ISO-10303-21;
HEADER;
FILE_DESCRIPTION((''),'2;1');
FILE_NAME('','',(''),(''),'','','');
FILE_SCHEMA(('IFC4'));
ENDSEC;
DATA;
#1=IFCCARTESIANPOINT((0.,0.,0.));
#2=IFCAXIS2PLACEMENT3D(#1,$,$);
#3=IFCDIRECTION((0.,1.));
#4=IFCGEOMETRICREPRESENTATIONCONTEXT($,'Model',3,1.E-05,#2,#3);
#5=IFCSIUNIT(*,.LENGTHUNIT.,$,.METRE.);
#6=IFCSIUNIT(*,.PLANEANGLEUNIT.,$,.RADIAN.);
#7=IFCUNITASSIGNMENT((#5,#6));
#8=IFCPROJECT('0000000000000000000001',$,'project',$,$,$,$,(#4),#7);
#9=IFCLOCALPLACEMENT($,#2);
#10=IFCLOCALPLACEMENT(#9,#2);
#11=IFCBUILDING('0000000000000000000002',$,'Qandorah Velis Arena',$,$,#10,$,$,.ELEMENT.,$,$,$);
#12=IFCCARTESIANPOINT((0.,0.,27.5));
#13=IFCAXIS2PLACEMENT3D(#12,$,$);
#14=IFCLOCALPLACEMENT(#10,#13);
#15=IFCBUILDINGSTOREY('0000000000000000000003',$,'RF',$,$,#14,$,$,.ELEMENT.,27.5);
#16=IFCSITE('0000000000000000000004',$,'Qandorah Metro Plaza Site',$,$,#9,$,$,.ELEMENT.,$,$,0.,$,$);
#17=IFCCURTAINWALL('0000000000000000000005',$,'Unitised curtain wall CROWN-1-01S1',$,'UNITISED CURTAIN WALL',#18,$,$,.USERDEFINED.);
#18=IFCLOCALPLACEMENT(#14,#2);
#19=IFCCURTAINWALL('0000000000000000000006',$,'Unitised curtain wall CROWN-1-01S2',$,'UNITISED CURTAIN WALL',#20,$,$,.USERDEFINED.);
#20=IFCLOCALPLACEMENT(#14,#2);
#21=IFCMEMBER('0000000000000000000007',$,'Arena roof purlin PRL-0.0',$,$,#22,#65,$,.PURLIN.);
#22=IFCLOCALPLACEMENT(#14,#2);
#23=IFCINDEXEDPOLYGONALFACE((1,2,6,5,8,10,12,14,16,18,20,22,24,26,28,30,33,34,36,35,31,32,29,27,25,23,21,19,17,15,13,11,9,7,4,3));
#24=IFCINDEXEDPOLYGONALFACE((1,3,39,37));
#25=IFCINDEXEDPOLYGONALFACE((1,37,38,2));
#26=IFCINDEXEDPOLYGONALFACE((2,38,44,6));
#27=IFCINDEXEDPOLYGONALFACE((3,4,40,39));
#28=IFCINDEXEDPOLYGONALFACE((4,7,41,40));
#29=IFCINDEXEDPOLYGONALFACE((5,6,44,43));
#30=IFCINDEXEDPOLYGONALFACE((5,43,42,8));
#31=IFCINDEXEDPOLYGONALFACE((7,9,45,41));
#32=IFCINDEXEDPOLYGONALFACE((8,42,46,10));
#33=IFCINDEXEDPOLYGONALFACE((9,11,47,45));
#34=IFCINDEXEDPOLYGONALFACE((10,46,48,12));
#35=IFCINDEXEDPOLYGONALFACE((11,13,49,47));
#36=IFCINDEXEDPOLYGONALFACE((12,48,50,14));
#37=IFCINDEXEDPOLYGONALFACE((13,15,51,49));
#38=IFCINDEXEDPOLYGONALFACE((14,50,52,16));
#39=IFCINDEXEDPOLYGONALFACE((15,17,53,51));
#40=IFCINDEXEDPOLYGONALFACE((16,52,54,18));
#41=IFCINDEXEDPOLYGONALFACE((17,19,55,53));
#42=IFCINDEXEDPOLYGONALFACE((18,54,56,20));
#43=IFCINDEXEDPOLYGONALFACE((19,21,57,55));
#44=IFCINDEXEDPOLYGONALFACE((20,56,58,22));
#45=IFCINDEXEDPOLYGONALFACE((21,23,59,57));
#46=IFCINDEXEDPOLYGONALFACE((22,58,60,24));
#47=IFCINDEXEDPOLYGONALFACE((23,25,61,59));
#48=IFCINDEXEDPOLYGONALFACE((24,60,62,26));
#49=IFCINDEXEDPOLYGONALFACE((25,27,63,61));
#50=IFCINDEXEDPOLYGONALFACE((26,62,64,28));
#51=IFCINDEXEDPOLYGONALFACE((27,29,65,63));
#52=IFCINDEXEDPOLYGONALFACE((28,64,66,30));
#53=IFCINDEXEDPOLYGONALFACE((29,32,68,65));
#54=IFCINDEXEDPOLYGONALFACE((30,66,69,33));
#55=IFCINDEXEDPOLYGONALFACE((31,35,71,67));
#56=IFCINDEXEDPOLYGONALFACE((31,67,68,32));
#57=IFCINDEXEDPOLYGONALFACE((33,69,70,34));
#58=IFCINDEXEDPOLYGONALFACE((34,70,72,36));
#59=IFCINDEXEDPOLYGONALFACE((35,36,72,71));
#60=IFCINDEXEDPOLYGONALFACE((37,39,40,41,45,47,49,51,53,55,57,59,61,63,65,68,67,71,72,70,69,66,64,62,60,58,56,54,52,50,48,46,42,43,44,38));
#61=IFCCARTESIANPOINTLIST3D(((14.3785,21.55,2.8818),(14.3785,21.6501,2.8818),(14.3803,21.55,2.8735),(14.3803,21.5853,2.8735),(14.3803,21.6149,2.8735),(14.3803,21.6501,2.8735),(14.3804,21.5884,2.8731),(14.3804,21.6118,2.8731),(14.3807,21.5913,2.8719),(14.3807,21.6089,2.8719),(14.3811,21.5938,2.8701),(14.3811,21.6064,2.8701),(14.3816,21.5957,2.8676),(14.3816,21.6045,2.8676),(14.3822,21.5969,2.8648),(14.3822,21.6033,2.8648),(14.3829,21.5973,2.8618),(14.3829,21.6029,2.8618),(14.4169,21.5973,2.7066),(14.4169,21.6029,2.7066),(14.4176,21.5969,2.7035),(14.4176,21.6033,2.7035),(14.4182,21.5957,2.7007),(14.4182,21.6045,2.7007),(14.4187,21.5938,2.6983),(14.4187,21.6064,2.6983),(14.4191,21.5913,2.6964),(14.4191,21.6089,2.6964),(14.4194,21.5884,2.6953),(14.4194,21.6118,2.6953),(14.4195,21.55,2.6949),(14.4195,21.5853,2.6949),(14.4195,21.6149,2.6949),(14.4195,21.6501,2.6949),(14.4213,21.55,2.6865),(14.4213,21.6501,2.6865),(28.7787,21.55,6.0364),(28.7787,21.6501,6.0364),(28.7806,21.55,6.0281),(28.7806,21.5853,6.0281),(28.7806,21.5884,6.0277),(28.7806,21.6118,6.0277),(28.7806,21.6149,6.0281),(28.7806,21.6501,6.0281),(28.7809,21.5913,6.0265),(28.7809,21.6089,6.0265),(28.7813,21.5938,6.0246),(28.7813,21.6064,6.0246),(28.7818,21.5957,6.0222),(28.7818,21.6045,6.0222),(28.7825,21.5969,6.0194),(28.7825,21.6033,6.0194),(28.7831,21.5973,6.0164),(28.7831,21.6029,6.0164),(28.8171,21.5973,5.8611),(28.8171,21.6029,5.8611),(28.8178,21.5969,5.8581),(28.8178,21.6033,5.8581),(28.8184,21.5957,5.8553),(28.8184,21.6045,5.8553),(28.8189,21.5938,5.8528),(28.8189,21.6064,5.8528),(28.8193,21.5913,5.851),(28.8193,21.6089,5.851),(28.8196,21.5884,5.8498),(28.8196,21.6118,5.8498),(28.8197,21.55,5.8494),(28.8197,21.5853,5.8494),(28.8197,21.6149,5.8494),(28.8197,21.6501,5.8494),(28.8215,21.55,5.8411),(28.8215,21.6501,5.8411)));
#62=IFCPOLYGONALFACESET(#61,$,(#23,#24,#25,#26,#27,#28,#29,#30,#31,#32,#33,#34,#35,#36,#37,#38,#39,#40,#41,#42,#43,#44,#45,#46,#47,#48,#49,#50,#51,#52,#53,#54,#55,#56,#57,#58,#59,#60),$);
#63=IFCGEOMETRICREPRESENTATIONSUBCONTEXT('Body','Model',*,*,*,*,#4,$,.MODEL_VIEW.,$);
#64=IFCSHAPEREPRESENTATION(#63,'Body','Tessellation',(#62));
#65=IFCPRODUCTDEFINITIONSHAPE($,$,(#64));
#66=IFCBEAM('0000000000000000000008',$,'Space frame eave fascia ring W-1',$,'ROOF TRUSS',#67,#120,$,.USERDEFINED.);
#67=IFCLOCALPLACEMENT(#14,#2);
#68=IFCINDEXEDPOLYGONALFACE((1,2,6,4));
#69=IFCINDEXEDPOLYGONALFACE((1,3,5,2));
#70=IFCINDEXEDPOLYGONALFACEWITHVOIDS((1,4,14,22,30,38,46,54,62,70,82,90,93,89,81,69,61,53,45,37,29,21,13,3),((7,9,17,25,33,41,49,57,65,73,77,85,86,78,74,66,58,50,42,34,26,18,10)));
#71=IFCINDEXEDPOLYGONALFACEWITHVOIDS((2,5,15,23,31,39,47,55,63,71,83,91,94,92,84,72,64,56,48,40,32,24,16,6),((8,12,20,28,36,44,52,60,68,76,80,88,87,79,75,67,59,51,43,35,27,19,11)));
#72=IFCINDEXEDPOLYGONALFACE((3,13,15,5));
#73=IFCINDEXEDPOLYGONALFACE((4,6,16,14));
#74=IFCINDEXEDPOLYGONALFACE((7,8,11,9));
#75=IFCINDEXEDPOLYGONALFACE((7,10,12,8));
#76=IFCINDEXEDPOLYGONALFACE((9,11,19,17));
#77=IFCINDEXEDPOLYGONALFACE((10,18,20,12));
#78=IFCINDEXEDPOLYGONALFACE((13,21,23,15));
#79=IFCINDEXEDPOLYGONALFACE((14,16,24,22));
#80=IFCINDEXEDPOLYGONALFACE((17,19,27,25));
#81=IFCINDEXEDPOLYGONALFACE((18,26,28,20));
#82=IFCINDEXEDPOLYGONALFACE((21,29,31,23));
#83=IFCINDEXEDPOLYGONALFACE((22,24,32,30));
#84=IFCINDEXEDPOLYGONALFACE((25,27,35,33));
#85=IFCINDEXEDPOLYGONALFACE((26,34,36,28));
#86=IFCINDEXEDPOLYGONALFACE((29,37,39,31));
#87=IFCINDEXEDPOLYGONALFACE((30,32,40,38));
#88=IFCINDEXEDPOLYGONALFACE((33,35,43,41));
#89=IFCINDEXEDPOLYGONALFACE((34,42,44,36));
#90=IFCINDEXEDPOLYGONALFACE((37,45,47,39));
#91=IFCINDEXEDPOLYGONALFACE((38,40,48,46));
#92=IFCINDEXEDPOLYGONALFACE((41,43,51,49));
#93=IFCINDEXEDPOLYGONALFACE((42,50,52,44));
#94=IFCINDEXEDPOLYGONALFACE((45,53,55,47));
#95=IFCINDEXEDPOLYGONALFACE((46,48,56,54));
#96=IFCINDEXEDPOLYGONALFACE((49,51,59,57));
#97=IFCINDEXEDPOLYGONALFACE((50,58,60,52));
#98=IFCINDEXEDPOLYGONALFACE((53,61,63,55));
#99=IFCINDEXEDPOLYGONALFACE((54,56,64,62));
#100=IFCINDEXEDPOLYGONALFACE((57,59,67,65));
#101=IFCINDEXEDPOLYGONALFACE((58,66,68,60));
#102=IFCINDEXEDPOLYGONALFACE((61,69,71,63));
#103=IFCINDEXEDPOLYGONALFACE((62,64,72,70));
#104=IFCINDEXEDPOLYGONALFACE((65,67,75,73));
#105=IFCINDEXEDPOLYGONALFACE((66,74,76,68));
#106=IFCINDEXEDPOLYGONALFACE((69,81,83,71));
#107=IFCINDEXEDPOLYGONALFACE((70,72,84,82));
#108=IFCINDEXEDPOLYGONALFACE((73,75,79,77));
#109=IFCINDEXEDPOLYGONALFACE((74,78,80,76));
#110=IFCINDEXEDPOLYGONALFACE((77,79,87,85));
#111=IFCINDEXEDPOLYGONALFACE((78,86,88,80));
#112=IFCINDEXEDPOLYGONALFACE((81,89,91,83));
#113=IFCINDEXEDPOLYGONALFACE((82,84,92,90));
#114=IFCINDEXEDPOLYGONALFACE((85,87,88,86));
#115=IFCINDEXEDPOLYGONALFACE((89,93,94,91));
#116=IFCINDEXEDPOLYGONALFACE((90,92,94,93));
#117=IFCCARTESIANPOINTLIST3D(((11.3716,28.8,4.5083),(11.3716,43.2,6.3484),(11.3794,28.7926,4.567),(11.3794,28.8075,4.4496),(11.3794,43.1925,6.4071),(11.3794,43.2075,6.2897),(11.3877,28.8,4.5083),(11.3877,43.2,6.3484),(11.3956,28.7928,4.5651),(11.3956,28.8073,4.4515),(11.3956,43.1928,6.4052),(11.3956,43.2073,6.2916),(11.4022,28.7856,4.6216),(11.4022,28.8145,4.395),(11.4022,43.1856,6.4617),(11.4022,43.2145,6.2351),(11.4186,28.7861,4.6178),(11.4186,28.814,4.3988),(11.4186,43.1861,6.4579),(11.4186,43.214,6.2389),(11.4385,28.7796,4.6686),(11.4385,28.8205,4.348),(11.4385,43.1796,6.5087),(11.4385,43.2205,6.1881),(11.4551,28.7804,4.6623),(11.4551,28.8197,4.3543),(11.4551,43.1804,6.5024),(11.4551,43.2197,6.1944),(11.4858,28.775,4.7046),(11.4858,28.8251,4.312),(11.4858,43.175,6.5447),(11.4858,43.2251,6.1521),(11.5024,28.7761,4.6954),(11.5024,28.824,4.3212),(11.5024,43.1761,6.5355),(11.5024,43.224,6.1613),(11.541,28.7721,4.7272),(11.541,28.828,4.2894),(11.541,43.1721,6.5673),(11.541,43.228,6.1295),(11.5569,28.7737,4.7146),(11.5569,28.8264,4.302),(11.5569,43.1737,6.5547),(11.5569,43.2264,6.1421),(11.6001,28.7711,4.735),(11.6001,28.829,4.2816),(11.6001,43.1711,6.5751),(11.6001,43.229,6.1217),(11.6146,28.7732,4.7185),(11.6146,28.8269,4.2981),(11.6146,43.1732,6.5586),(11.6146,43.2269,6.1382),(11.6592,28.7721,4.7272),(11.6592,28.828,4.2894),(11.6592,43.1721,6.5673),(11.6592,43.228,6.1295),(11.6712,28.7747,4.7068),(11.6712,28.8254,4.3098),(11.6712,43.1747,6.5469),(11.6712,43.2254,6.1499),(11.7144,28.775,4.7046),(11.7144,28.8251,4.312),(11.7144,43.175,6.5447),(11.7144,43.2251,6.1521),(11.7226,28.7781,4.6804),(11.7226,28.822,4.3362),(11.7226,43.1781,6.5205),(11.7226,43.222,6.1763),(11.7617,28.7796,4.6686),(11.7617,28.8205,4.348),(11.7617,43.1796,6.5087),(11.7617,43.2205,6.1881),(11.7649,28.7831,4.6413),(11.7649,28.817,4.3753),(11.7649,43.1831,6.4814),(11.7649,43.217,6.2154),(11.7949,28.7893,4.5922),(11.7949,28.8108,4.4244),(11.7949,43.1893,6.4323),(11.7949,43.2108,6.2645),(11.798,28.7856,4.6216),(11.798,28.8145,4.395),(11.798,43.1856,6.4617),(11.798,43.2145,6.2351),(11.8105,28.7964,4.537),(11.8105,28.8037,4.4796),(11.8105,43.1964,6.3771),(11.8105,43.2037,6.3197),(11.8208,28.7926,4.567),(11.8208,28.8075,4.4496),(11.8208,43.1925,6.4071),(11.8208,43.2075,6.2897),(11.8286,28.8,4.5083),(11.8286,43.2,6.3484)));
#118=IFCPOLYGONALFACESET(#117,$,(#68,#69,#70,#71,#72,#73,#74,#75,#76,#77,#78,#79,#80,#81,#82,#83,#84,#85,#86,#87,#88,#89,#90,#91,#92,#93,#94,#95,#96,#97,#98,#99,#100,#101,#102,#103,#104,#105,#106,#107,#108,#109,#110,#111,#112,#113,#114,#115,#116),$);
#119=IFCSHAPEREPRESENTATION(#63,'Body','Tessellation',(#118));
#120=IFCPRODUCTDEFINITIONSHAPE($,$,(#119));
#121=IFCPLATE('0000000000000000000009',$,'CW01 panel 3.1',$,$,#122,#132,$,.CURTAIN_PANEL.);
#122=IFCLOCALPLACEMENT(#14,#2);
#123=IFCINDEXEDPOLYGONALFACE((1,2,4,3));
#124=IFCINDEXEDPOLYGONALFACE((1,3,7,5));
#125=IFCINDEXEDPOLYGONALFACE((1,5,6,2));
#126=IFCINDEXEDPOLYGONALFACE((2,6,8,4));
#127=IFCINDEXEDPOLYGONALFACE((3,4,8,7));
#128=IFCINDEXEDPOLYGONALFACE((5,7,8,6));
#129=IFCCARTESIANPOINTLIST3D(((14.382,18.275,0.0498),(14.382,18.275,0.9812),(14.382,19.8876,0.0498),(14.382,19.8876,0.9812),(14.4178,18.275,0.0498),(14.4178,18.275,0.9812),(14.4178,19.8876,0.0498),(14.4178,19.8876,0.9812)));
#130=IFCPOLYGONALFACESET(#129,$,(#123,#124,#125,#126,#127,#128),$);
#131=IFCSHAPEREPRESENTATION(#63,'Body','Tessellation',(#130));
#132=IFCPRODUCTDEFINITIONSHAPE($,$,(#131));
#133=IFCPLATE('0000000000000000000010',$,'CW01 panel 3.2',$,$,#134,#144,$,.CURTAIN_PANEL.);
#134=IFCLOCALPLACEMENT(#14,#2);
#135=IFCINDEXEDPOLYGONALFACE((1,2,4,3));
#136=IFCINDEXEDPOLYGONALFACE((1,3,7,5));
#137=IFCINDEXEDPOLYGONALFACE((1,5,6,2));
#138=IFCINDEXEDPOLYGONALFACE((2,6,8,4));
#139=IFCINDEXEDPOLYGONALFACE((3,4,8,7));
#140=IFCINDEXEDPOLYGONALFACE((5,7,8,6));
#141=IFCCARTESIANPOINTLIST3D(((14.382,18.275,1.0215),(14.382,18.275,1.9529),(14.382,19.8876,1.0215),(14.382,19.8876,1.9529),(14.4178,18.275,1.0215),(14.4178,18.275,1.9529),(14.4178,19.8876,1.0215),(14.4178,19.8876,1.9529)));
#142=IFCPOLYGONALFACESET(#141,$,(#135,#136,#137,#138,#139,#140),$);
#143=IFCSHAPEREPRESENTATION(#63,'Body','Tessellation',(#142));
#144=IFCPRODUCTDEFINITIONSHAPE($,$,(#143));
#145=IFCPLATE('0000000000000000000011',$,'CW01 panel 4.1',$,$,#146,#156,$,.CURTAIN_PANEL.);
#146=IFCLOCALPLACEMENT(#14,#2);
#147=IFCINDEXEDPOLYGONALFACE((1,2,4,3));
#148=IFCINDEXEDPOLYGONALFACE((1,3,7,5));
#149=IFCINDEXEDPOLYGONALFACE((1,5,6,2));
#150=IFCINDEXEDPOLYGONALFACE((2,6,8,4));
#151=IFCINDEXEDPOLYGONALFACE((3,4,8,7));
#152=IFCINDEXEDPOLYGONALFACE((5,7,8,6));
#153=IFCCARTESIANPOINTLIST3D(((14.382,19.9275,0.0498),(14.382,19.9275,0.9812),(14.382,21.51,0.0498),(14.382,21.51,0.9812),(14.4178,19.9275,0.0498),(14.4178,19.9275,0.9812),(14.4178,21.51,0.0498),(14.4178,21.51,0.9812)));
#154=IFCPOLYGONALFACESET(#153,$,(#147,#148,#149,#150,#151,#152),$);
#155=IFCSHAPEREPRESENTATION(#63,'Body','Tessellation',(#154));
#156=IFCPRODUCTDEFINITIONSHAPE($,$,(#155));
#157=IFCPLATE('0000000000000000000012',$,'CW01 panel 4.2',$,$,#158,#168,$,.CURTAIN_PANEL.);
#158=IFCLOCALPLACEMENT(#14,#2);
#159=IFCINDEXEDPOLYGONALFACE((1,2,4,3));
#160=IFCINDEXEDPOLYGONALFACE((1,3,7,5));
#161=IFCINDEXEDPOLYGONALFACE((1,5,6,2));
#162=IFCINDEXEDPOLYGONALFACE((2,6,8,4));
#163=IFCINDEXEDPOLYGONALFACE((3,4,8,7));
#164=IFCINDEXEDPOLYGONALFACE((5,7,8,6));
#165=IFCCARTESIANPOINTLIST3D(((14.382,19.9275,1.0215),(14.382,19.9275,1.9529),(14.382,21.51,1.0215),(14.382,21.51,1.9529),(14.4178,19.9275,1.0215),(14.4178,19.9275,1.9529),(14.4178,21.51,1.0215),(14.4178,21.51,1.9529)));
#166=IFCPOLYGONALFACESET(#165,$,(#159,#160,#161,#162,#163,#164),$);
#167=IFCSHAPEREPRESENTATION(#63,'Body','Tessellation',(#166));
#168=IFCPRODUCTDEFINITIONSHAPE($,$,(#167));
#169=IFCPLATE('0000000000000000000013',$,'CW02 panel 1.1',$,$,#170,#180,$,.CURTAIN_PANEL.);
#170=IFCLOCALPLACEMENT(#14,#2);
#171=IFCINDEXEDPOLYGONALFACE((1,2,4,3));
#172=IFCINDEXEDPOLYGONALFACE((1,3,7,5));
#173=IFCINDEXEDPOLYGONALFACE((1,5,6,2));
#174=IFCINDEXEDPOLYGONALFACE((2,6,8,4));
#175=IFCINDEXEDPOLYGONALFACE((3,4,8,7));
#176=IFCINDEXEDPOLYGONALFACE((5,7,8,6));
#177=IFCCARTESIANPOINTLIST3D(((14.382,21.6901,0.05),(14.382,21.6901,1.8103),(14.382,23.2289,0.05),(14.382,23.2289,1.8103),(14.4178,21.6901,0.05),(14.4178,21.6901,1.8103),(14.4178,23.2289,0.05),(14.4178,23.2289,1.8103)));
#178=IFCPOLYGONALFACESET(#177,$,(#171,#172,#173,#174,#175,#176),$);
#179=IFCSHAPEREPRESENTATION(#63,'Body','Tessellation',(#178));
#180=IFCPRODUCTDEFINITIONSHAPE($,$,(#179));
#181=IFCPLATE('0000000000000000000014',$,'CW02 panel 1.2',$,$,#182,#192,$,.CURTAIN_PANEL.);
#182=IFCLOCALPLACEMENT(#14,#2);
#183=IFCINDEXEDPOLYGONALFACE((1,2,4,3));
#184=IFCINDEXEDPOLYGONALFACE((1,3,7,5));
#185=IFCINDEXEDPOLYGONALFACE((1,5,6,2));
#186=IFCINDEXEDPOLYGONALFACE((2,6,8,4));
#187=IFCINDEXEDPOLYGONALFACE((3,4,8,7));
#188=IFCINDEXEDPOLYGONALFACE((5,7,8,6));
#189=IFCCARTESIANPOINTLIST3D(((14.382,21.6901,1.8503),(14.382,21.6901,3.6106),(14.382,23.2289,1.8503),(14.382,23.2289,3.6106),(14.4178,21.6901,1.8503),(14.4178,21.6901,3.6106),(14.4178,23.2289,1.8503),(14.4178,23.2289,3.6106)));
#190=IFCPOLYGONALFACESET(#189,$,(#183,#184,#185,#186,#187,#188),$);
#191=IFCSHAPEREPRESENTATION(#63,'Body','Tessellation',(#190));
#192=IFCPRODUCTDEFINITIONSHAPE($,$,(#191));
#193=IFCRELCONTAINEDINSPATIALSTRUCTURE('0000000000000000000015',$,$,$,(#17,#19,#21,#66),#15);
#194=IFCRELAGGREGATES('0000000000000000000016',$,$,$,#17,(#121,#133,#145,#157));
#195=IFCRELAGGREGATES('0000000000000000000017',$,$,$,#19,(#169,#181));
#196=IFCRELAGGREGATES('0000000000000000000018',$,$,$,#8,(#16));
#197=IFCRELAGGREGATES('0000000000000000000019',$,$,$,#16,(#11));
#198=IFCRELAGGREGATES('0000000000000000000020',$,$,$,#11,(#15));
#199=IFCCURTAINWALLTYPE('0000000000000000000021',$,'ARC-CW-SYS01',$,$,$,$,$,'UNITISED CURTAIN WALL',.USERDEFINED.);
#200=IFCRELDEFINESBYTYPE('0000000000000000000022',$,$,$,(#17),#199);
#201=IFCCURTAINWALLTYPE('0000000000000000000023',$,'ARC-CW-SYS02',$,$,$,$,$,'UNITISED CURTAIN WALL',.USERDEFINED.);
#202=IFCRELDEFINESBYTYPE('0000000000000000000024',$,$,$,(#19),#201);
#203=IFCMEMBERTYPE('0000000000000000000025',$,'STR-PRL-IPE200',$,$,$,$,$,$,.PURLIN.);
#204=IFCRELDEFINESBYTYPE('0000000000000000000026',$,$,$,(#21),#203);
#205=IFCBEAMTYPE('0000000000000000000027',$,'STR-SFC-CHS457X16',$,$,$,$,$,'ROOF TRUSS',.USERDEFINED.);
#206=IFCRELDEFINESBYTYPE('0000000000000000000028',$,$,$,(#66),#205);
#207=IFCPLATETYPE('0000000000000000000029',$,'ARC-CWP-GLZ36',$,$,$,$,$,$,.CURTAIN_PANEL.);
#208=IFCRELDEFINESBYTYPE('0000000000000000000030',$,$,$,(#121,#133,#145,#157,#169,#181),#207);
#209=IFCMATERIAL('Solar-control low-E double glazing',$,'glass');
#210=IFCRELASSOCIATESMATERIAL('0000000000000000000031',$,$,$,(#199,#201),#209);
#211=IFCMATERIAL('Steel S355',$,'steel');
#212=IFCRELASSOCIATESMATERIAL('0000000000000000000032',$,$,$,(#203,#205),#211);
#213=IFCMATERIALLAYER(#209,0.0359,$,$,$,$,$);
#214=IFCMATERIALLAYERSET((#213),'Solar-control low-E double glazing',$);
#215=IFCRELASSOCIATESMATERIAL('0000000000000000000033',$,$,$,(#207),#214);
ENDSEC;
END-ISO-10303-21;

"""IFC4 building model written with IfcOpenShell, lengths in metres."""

from ifc_helpers import new_model, si_unit, direction, frame, origin, origin_2d, place, context, subcontext, project, spatial, rectangle, hollow_circle, i_section, extrude, material, layer, layer_set, material_profile, profile_set, type_object, element, aggregate, save


model = new_model("IFC4")

# Units and contexts
model_context = context("Model", 3, precision=1e-05, world=origin(), true_north=direction((0.0, 1.0)))
body_context = subcontext(model_context, "Body", "Model", "MODEL_VIEW")
ifc_project = project(units=[si_unit("LENGTHUNIT", "METRE"), si_unit("PLANEANGLEUNIT", "RADIAN")], contexts=[model_context])

# Site, building, storey
site_placement = place(None, origin())
site = spatial("IfcSite", under=ifc_project, at=site_placement, Name="Qandorah Metro Plaza Site", CompositionType="ELEMENT", RefElevation=0.0)
building_placement = place(site_placement, origin())
building = spatial("IfcBuilding", under=site, at=building_placement, Name="Qandorah Velis Arena", CompositionType="ELEMENT")
storey_placement = place(building_placement, frame((0.0, 0.0, 27.5)))
storey = spatial("IfcBuildingStorey", under=building, at=storey_placement, Name="RF", CompositionType="ELEMENT", Elevation=27.5)

# Curtain walls
ifc_material_1 = material(Name="Solar-control low-E double glazing", Category="glass")
curtain_wall_type_1 = type_object("IfcCurtainWallType", Name="ARC-CW-SYS01", ElementType="UNITISED CURTAIN WALL", PredefinedType="USERDEFINED", material=ifc_material_1)
curtain_wall_1_placement = place(storey_placement, origin())
curtain_wall_1 = element("IfcCurtainWall", 1, at=curtain_wall_1_placement, inside=storey, type_object=curtain_wall_type_1, Name="Unitised curtain wall CROWN-1-01S1", ObjectType="UNITISED CURTAIN WALL", PredefinedType="USERDEFINED")
curtain_wall_type_2 = type_object("IfcCurtainWallType", Name="ARC-CW-SYS02", ElementType="UNITISED CURTAIN WALL", PredefinedType="USERDEFINED", material=ifc_material_1)
curtain_wall_2_placement = place(storey_placement, origin())
curtain_wall_2 = element("IfcCurtainWall", 2, at=curtain_wall_2_placement, inside=storey, type_object=curtain_wall_type_2, Name="Unitised curtain wall CROWN-1-01S2", ObjectType="UNITISED CURTAIN WALL", PredefinedType="USERDEFINED")

# Shared definitions
ifc_material_2 = material(Name="Steel S355", Category="steel")

# Member
ifc_material_profile_1 = material_profile(ifc_material_2, i_section(OverallWidth=0.1001, OverallDepth=0.2, WebThickness=0.0056, FlangeThickness=0.0085, FilletRadius=0.012, at=origin_2d()), Name="IPE 200")
ifc_profile_set_1 = profile_set([ifc_material_profile_1], Name="Steel S355")
member_type_1 = type_object("IfcMemberType", Name="STR-PRL-IPE200", PredefinedType="PURLIN", material=ifc_profile_set_1)
member_1_placement = place(storey_placement, frame((14.3999, 21.6001, 2.7842), z_axis=(0.976836, 0.0, 0.213989), x_axis=(0.0, 1.0, 0.0)))
element("IfcMember", 3, at=member_1_placement, inside=storey, type_object=member_type_1, Name="Arena roof purlin PRL-0.0", PredefinedType="PURLIN", context=body_context, shape_type="SweptSolid", body=[
    extrude(i_section(OverallWidth=0.1001, OverallDepth=0.2, WebThickness=0.0056, FlangeThickness=0.0085, FilletRadius=0.012, at=origin_2d()), origin(), (0.0, 0.0, 1.0), 14.7417),
])

# Beam
ifc_material_profile_2 = material_profile(ifc_material_2, hollow_circle(Radius=0.2285, WallThickness=0.0161, at=origin_2d()), Name="CHS 457x16")
ifc_profile_set_2 = profile_set([ifc_material_profile_2], Name="Steel S355")
beam_type_1 = type_object("IfcBeamType", Name="STR-SFC-CHS457X16", ElementType="ROOF TRUSS", PredefinedType="USERDEFINED", material=ifc_profile_set_2)
beam_1_placement = place(storey_placement, frame((11.6001, 28.8, 4.5083), z_axis=(0.0, 0.991934, 0.126754), x_axis=(-1.0, 0.0, 0.0)))
element("IfcBeam", 4, at=beam_1_placement, inside=storey, type_object=beam_type_1, Name="Space frame eave fascia ring W-1", ObjectType="ROOF TRUSS", PredefinedType="USERDEFINED", context=body_context, shape_type="SweptSolid", body=[
    extrude(hollow_circle(Radius=0.2285, WallThickness=0.0161, at=origin_2d()), origin(), (0.0, 0.0, 1.0), 14.5171),
])

# Plates
ifc_layer_1 = layer(ifc_material_1, 0.0359)
ifc_layer_set_1 = layer_set([ifc_layer_1], Name="Solar-control low-E double glazing")
plate_type = type_object("IfcPlateType", Name="ARC-CWP-GLZ36", PredefinedType="CURTAIN_PANEL", material=ifc_layer_set_1)
plate_1_placement = place(storey_placement, frame((14.3999, 19.0813, 0.0498), z_axis=(0.0, 0.0, 1.0), x_axis=(0.0, 1.0, 0.0)))
plate_1 = element("IfcPlate", 5, at=plate_1_placement, type_object=plate_type, Name="CW01 panel 3.1", PredefinedType="CURTAIN_PANEL", context=body_context, shape_type="SweptSolid", body=[
    extrude(rectangle(XDim=1.6125, YDim=0.0359, at=origin_2d()), origin(), (0.0, 0.0, 1.0), 0.9314),
])
plate_2_placement = place(storey_placement, frame((14.3999, 19.0813, 1.0215), z_axis=(0.0, 0.0, 1.0), x_axis=(0.0, 1.0, 0.0)))
plate_2 = element("IfcPlate", 6, at=plate_2_placement, type_object=plate_type, Name="CW01 panel 3.2", PredefinedType="CURTAIN_PANEL", context=body_context, shape_type="SweptSolid", body=[
    extrude(rectangle(XDim=1.6125, YDim=0.0359, at=origin_2d()), origin(), (0.0, 0.0, 1.0), 0.9314),
])
plate_3_placement = place(storey_placement, frame((14.3999, 20.7188, 0.0498), z_axis=(0.0, 0.0, 1.0), x_axis=(0.0, 1.0, 0.0)))
plate_3 = element("IfcPlate", 7, at=plate_3_placement, type_object=plate_type, Name="CW01 panel 4.1", PredefinedType="CURTAIN_PANEL", context=body_context, shape_type="SweptSolid", body=[
    extrude(rectangle(XDim=1.5825, YDim=0.0359, at=origin_2d()), origin(), (0.0, 0.0, 1.0), 0.9314),
])
plate_4_placement = place(storey_placement, frame((14.3999, 20.7188, 1.0215), z_axis=(0.0, 0.0, 1.0), x_axis=(0.0, 1.0, 0.0)))
plate_4 = element("IfcPlate", 8, at=plate_4_placement, type_object=plate_type, Name="CW01 panel 4.2", PredefinedType="CURTAIN_PANEL", context=body_context, shape_type="SweptSolid", body=[
    extrude(rectangle(XDim=1.5825, YDim=0.0359, at=origin_2d()), origin(), (0.0, 0.0, 1.0), 0.9314),
])
aggregate(curtain_wall_1, [plate_1, plate_2, plate_3, plate_4])
plate_5_placement = place(storey_placement, frame((14.3999, 22.4595, 0.05), z_axis=(0.0, 0.0, 1.0), x_axis=(0.0, 1.0, 0.0)))
plate_5 = element("IfcPlate", 9, at=plate_5_placement, type_object=plate_type, Name="CW02 panel 1.1", PredefinedType="CURTAIN_PANEL", context=body_context, shape_type="SweptSolid", body=[
    extrude(rectangle(XDim=1.5388, YDim=0.0359, at=origin_2d()), origin(), (0.0, 0.0, 1.0), 1.7603),
])
plate_6_placement = place(storey_placement, frame((14.3999, 22.4595, 1.8503), z_axis=(0.0, 0.0, 1.0), x_axis=(0.0, 1.0, 0.0)))
plate_6 = element("IfcPlate", 10, at=plate_6_placement, type_object=plate_type, Name="CW02 panel 1.2", PredefinedType="CURTAIN_PANEL", context=body_context, shape_type="SweptSolid", body=[
    extrude(rectangle(XDim=1.5388, YDim=0.0359, at=origin_2d()), origin(), (0.0, 0.0, 1.0), 1.7603),
])
aggregate(curtain_wall_2, [plate_5, plate_6])

save(model, "model.ifc")
